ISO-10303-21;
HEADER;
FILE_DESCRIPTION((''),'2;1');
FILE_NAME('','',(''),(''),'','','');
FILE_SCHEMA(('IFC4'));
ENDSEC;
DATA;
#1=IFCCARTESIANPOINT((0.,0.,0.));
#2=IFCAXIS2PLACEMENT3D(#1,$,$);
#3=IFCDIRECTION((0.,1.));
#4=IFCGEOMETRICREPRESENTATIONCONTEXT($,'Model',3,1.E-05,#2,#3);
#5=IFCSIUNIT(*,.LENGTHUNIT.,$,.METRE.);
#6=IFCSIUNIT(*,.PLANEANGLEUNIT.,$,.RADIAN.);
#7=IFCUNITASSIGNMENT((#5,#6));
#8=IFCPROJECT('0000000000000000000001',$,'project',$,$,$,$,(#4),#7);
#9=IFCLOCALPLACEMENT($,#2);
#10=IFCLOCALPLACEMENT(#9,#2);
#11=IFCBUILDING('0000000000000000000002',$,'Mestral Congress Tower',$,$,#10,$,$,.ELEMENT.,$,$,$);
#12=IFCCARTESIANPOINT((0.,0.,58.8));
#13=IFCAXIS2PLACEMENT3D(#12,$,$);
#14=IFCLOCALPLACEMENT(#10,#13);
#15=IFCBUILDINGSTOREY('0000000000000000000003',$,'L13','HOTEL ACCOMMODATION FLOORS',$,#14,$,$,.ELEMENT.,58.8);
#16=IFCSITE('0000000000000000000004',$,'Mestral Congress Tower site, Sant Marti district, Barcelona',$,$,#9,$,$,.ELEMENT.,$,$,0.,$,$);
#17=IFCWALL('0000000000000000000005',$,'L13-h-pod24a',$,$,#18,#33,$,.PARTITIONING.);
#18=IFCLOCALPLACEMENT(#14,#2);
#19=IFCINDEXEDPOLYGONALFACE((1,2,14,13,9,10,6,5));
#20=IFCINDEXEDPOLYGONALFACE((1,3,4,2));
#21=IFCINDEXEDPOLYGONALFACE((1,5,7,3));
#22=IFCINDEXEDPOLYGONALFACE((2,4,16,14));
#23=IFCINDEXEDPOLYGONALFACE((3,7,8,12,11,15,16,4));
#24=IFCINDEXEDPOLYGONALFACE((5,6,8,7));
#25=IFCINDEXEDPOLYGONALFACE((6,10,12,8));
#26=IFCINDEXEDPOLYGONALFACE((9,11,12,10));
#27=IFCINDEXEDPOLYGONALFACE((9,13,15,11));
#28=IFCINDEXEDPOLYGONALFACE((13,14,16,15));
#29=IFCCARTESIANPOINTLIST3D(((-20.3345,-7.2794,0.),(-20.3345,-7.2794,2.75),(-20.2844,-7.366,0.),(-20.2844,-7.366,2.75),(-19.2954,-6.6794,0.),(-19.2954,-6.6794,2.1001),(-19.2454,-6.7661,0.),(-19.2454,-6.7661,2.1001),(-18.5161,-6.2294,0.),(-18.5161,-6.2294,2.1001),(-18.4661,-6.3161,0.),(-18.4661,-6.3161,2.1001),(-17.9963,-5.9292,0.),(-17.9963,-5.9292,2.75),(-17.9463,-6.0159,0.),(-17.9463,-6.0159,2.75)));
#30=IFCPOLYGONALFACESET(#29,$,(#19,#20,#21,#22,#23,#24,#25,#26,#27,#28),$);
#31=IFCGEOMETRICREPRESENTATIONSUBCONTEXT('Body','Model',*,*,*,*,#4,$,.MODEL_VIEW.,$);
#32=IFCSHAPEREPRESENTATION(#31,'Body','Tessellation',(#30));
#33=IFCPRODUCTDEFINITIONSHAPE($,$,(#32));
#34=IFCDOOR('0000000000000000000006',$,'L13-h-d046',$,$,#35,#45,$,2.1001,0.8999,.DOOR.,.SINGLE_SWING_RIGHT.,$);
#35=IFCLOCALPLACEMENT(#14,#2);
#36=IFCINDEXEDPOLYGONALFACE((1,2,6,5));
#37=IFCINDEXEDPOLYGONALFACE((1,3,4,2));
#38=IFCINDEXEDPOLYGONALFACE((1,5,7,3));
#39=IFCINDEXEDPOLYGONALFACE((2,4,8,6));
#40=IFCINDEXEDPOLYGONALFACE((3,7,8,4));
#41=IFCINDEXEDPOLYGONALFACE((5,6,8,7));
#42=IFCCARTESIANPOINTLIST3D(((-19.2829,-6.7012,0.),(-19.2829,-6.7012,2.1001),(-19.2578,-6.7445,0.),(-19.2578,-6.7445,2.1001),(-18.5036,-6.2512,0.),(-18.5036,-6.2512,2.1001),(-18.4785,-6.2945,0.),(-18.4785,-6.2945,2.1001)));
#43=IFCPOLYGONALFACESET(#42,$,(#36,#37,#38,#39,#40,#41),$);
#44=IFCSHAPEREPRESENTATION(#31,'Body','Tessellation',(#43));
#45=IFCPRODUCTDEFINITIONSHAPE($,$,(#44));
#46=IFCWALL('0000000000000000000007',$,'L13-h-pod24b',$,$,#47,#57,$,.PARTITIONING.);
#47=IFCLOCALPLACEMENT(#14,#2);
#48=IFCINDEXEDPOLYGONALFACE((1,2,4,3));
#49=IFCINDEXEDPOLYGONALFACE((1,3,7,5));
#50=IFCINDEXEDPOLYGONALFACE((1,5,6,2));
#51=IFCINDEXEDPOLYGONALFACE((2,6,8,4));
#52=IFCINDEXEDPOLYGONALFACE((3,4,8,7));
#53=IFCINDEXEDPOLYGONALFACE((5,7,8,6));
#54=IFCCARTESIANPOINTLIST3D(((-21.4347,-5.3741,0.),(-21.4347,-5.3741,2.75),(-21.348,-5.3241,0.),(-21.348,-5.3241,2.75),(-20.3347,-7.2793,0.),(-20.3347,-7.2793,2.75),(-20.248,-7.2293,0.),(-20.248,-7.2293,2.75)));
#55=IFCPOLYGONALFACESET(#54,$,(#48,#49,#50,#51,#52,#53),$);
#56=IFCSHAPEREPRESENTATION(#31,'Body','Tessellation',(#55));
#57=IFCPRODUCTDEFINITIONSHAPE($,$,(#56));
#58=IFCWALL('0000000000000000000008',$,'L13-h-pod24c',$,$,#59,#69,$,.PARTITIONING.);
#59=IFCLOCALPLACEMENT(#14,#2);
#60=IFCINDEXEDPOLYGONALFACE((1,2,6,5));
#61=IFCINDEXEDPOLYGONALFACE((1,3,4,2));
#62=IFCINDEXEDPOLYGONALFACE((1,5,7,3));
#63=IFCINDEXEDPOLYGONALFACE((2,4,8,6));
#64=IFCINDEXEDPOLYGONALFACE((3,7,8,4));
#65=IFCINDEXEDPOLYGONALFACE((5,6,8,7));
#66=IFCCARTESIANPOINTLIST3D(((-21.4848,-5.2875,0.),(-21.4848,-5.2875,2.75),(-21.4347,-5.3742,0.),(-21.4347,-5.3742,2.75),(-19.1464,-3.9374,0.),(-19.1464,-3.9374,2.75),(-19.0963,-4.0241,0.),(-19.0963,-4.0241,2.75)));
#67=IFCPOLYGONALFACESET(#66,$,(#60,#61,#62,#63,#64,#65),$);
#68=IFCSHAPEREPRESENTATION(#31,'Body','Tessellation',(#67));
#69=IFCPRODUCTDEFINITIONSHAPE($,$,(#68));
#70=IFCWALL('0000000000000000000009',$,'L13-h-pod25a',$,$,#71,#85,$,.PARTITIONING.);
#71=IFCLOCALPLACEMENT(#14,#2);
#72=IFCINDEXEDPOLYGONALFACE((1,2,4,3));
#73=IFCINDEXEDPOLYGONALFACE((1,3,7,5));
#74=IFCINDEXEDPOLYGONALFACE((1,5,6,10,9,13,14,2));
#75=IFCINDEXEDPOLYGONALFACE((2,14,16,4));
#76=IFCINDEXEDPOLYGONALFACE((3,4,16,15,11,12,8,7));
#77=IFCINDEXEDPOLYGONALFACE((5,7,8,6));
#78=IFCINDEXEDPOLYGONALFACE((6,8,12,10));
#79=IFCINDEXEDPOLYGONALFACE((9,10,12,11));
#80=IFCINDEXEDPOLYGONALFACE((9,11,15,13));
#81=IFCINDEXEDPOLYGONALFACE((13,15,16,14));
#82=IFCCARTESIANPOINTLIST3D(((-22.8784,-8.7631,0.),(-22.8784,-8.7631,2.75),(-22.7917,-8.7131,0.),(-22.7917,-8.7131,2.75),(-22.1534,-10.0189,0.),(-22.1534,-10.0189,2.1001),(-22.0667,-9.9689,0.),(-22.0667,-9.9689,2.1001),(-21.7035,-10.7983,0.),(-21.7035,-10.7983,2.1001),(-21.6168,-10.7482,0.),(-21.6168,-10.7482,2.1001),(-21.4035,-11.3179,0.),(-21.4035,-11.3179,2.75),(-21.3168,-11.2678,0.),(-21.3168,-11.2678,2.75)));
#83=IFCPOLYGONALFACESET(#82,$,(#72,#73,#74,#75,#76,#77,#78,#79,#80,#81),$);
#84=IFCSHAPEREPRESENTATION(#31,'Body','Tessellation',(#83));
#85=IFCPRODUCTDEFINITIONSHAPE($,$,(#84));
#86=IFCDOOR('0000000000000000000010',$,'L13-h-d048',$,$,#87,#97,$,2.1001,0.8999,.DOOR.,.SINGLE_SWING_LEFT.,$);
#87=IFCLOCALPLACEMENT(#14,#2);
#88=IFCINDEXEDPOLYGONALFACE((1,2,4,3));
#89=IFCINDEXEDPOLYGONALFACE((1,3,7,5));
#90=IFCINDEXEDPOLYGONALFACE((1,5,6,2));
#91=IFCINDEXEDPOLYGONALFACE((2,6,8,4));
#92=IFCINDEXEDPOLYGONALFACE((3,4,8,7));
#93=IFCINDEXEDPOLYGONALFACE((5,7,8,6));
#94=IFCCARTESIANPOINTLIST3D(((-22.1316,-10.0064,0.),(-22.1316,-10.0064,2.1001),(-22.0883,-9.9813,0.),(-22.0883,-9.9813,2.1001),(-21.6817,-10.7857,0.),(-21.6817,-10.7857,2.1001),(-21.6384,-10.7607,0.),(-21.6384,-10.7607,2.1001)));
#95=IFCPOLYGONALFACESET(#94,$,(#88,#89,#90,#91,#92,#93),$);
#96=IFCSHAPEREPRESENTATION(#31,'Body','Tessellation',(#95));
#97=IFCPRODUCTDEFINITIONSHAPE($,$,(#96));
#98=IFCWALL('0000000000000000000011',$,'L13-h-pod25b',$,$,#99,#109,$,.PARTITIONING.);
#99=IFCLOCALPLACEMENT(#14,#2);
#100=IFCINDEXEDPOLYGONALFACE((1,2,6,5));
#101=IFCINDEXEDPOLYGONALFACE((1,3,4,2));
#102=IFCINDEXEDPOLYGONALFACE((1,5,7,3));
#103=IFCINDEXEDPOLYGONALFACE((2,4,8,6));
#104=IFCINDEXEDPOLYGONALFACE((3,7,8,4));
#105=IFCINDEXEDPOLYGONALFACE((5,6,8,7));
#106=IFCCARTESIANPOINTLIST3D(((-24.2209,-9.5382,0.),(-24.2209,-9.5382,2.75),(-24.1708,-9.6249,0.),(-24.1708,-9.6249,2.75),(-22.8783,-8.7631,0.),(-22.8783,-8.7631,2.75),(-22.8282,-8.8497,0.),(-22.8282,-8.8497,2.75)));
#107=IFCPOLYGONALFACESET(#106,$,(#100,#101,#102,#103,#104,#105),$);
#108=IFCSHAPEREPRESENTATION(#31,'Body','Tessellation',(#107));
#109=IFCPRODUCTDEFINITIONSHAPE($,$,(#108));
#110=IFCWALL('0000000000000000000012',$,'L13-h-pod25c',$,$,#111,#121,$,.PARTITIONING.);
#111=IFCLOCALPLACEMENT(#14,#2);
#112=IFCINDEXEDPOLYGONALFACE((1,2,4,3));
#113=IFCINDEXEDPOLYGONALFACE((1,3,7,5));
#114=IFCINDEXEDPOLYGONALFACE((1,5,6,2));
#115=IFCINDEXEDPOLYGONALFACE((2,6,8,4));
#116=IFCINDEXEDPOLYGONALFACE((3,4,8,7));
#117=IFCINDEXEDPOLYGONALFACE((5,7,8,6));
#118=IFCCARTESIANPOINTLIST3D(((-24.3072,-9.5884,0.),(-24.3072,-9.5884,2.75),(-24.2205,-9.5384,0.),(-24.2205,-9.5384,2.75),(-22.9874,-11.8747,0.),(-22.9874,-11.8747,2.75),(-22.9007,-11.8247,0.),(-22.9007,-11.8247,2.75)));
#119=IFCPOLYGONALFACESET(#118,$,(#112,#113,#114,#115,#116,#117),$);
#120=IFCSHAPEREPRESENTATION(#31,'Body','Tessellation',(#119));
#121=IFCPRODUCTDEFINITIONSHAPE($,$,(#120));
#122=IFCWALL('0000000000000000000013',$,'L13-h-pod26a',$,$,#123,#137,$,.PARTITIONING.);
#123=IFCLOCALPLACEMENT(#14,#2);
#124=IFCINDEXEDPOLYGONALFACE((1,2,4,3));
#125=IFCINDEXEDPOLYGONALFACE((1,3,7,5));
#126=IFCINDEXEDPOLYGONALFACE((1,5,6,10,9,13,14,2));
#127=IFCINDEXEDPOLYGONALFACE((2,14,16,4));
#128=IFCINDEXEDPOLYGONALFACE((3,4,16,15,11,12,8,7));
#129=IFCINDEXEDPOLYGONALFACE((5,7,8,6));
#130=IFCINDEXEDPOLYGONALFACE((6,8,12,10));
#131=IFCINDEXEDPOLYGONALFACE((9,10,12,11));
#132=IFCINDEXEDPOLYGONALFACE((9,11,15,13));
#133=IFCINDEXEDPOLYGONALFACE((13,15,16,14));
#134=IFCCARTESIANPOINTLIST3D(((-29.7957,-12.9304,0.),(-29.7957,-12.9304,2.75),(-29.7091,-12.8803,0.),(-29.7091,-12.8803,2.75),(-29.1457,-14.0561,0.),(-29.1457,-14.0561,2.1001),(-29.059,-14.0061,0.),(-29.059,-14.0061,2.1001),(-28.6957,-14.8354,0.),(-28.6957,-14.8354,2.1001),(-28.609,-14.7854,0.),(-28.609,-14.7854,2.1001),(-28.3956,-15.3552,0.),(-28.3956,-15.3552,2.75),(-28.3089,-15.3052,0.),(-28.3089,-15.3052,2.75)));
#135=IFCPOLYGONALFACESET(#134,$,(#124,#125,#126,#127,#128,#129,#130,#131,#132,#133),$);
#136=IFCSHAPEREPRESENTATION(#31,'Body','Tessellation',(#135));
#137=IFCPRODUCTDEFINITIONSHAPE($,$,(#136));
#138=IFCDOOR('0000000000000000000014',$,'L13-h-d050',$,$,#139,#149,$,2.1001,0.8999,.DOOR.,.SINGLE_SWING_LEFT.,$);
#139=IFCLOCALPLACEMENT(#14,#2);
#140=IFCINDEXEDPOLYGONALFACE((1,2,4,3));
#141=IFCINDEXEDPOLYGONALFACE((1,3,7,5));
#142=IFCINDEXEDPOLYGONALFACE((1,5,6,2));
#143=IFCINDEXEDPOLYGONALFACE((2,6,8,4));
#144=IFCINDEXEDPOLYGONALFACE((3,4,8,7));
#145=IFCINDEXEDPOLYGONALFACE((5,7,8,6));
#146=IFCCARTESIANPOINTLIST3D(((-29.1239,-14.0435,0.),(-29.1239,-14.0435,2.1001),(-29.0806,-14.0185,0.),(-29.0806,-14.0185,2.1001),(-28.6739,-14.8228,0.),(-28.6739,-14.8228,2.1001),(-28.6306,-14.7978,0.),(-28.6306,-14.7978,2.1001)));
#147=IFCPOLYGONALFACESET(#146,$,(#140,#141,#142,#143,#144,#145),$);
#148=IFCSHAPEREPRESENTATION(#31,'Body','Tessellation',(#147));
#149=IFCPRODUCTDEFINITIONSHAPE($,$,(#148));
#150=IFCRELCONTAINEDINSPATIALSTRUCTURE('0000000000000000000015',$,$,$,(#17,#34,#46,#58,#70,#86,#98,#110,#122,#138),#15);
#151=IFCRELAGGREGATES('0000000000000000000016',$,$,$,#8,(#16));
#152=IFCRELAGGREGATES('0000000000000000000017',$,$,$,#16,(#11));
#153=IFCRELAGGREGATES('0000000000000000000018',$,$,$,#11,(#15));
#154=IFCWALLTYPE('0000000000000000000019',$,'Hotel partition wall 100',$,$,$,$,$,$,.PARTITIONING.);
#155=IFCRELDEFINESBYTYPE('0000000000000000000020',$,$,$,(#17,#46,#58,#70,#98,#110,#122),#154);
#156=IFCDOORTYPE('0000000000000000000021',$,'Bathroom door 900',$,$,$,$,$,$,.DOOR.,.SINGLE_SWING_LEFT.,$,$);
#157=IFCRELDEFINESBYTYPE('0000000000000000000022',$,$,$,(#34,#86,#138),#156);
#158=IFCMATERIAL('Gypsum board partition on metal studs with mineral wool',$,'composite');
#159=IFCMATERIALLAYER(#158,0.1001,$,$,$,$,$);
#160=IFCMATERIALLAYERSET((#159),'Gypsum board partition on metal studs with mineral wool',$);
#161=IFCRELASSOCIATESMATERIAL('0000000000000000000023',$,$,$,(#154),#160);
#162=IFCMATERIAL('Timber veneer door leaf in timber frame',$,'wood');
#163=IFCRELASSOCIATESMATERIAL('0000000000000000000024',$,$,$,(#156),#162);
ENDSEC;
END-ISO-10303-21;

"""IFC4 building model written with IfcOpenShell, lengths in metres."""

from ifc_helpers import new_model, si_unit, direction, frame, frame_2d, origin, place, context, subcontext, project, spatial, rectangle, extrude, material, layer, layer_set, type_object, element, fill, save


model = new_model("IFC4")

# Units and contexts
model_context = context("Model", 3, precision=1e-05, world=origin(), true_north=direction((0.0, 1.0)))
body_context = subcontext(model_context, "Body", "Model", "MODEL_VIEW")
ifc_project = project(units=[si_unit("LENGTHUNIT", "METRE"), si_unit("PLANEANGLEUNIT", "RADIAN")], contexts=[model_context])

# Site, building, storey
site_placement = place(None, origin())
site = spatial("IfcSite", under=ifc_project, at=site_placement, Name="Mestral Congress Tower site, Sant Marti district, Barcelona", CompositionType="ELEMENT", RefElevation=0.0)
building_placement = place(site_placement, origin())
building = spatial("IfcBuilding", under=site, at=building_placement, Name="Mestral Congress Tower", CompositionType="ELEMENT")
storey_placement = place(building_placement, frame((0.0, 0.0, 58.8)))
storey = spatial("IfcBuildingStorey", under=building, at=storey_placement, Name="L13", Description="HOTEL ACCOMMODATION FLOORS", CompositionType="ELEMENT", Elevation=58.8)

# Shared definitions
ifc_material_1 = material(Name="Gypsum board partition on metal studs with mineral wool", Category="composite")
ifc_layer_1 = layer(ifc_material_1, 0.1001)
ifc_layer_set_1 = layer_set([ifc_layer_1], Name="Gypsum board partition on metal studs with mineral wool")
wall_type_1 = type_object("IfcWallType", Name="Hotel partition wall 100", PredefinedType="PARTITIONING", material=ifc_layer_set_1)
ifc_material_2 = material(Name="Timber veneer door leaf in timber frame", Category="wood")

# Wall, opening, door
wall_1_placement = place(storey_placement, frame((-20.3096, -7.3228, 0.0), z_axis=(0.0, 0.0, 1.0), x_axis=(0.865997, 0.500049, 0.0)))
wall_1 = element("IfcWall", 1, at=wall_1_placement, inside=storey, type_object=wall_type_1, Name="L13-h-pod24a", PredefinedType="PARTITIONING", context=body_context, shape_type="SweptSolid", body=[
    extrude(rectangle(XDim=2.7, YDim=0.1001, at=frame_2d((1.3501, 0.0))), origin(), (0.0, 0.0, 1.0), 2.75),
])
opening_1_placement = place(wall_1_placement, frame((1.2, 0.0, 0.0)))
opening_1 = element("IfcOpeningElement", 2, at=opening_1_placement, cuts=wall_1, PredefinedType="OPENING", context=body_context, shape_type="SweptSolid", body=[
    extrude(rectangle(XDim=0.8999, YDim=2.1001, at=frame_2d((0.45, 1.05))), frame((0.0, 0.0601, 0.0), z_axis=(0.0, -1.0, 0.0), x_axis=(1.0, 0.0, 0.0)), (0.0, 0.0, 1.0), 0.1201),
])
door_type_1 = type_object("IfcDoorType", Name="Bathroom door 900", OperationType="SINGLE_SWING_LEFT", PredefinedType="DOOR", material=ifc_material_2)
door_1_placement = place(opening_1_placement, origin())
door_1 = element("IfcDoor", 3, at=door_1_placement, inside=storey, type_object=door_type_1, Name="L13-h-d046", OperationType="SINGLE_SWING_RIGHT", OverallHeight=2.1001, OverallWidth=0.8999, PredefinedType="DOOR", context=body_context, shape_type="SweptSolid", body=[
    extrude(rectangle(XDim=0.8999, YDim=2.1001, at=frame_2d((0.45, 1.05))), frame((0.0, 0.0249, 0.0), z_axis=(0.0, -1.0, 0.0), x_axis=(1.0, 0.0, 0.0)), (0.0, 0.0, 1.0), 0.05),
])
fill(opening_1, door_1)

# Walls
wall_2_placement = place(storey_placement, frame((-20.2913, -7.2544, 0.0), z_axis=(0.0, 0.0, 1.0), x_axis=(-0.50003, 0.866008, 0.0)))
element("IfcWall", 4, at=wall_2_placement, inside=storey, type_object=wall_type_1, Name="L13-h-pod24b", PredefinedType="PARTITIONING", context=body_context, shape_type="SweptSolid", body=[
    extrude(rectangle(XDim=2.2, YDim=0.1001, at=frame_2d((1.1001, 0.0))), origin(), (0.0, 0.0, 1.0), 2.75),
])
wall_3_placement = place(storey_placement, frame((-19.1213, -3.9807, 0.0), z_axis=(0.0, 0.0, 1.0), x_axis=(-0.86602, -0.500009, 0.0)))
element("IfcWall", 5, at=wall_3_placement, inside=storey, type_object=wall_type_1, Name="L13-h-pod24c", PredefinedType="PARTITIONING", context=body_context, shape_type="SweptSolid", body=[
    extrude(rectangle(XDim=2.7002, YDim=0.1001, at=frame_2d((1.3501, 0.0))), origin(), (0.0, 0.0, 1.0), 2.75),
])

# Wall, opening, door
wall_4_placement = place(storey_placement, frame((-21.3601, -11.293, 0.0), z_axis=(0.0, 0.0, 1.0), x_axis=(-0.499976, 0.866039, 0.0)))
wall_4 = element("IfcWall", 6, at=wall_4_placement, inside=storey, type_object=wall_type_1, Name="L13-h-pod25a", PredefinedType="PARTITIONING", context=body_context, shape_type="SweptSolid", body=[
    extrude(rectangle(XDim=2.95, YDim=0.1001, at=frame_2d((1.4751, 0.0))), origin(), (0.0, 0.0, 1.0), 2.75),
])
opening_2_placement = place(wall_4_placement, frame((0.6001, 0.0, 0.0)))
opening_2 = element("IfcOpeningElement", 7, at=opening_2_placement, cuts=wall_4, PredefinedType="OPENING", context=body_context, shape_type="SweptSolid", body=[
    extrude(rectangle(XDim=0.8999, YDim=2.1001, at=frame_2d((0.45, 1.05))), frame((0.0, 0.0601, 0.0), z_axis=(0.0, -1.0, 0.0), x_axis=(1.0, 0.0, 0.0)), (0.0, 0.0, 1.0), 0.1201),
])
door_2_placement = place(opening_2_placement, origin())
door_2 = element("IfcDoor", 8, at=door_2_placement, inside=storey, type_object=door_type_1, Name="L13-h-d048", OperationType="SINGLE_SWING_LEFT", OverallHeight=2.1001, OverallWidth=0.8999, PredefinedType="DOOR", context=body_context, shape_type="SweptSolid", body=[
    extrude(rectangle(XDim=0.8999, YDim=2.1001, at=frame_2d((0.45, 1.05))), frame((0.0, 0.0249, 0.0), z_axis=(0.0, -1.0, 0.0), x_axis=(1.0, 0.0, 0.0)), (0.0, 0.0, 1.0), 0.05),
])
fill(opening_2, door_2)

# Walls
wall_5_placement = place(storey_placement, frame((-22.8533, -8.8064, 0.0), z_axis=(0.0, 0.0, 1.0), x_axis=(-0.866015, -0.500018, 0.0)))
element("IfcWall", 9, at=wall_5_placement, inside=storey, type_object=wall_type_1, Name="L13-h-pod25b", PredefinedType="PARTITIONING", context=body_context, shape_type="SweptSolid", body=[
    extrude(rectangle(XDim=1.5503, YDim=0.1001, at=frame_2d((0.7751, 0.0))), origin(), (0.0, 0.0, 1.0), 2.75),
])
wall_6_placement = place(storey_placement, frame((-22.9441, -11.8496, 0.0), z_axis=(0.0, 0.0, 1.0), x_axis=(-0.499939, 0.866061, 0.0)))
element("IfcWall", 10, at=wall_6_placement, inside=storey, type_object=wall_type_1, Name="L13-h-pod25c", PredefinedType="PARTITIONING", context=body_context, shape_type="SweptSolid", body=[
    extrude(rectangle(XDim=2.6399, YDim=0.1001, at=frame_2d((1.3198, 0.0))), origin(), (0.0, 0.0, 1.0), 2.75),
])

# Wall, opening, door
wall_7_placement = place(storey_placement, frame((-28.3523, -15.3301, 0.0), z_axis=(0.0, 0.0, 1.0), x_axis=(-0.50005, 0.865997, 0.0)))
wall_7 = element("IfcWall", 11, at=wall_7_placement, inside=storey, type_object=wall_type_1, Name="L13-h-pod26a", PredefinedType="PARTITIONING", context=body_context, shape_type="SweptSolid", body=[
    extrude(rectangle(XDim=2.8, YDim=0.1001, at=frame_2d((1.3999, 0.0))), origin(), (0.0, 0.0, 1.0), 2.75),
])
opening_3_placement = place(wall_7_placement, frame((0.6001, 0.0, 0.0)))
opening_3 = element("IfcOpeningElement", 12, at=opening_3_placement, cuts=wall_7, PredefinedType="OPENING", context=body_context, shape_type="SweptSolid", body=[
    extrude(rectangle(XDim=0.8999, YDim=2.1001, at=frame_2d((0.45, 1.05))), frame((0.0, 0.0601, 0.0), z_axis=(0.0, -1.0, 0.0), x_axis=(1.0, 0.0, 0.0)), (0.0, 0.0, 1.0), 0.1201),
])
door_3_placement = place(opening_3_placement, origin())
door_3 = element("IfcDoor", 13, at=door_3_placement, inside=storey, type_object=door_type_1, Name="L13-h-d050", OperationType="SINGLE_SWING_LEFT", OverallHeight=2.1001, OverallWidth=0.8999, PredefinedType="DOOR", context=body_context, shape_type="SweptSolid", body=[
    extrude(rectangle(XDim=0.8999, YDim=2.1001, at=frame_2d((0.45, 1.05))), frame((0.0, 0.0249, 0.0), z_axis=(0.0, -1.0, 0.0), x_axis=(1.0, 0.0, 0.0)), (0.0, 0.0, 1.0), 0.05),
])
fill(opening_3, door_3)

save(model, "model.ifc")
